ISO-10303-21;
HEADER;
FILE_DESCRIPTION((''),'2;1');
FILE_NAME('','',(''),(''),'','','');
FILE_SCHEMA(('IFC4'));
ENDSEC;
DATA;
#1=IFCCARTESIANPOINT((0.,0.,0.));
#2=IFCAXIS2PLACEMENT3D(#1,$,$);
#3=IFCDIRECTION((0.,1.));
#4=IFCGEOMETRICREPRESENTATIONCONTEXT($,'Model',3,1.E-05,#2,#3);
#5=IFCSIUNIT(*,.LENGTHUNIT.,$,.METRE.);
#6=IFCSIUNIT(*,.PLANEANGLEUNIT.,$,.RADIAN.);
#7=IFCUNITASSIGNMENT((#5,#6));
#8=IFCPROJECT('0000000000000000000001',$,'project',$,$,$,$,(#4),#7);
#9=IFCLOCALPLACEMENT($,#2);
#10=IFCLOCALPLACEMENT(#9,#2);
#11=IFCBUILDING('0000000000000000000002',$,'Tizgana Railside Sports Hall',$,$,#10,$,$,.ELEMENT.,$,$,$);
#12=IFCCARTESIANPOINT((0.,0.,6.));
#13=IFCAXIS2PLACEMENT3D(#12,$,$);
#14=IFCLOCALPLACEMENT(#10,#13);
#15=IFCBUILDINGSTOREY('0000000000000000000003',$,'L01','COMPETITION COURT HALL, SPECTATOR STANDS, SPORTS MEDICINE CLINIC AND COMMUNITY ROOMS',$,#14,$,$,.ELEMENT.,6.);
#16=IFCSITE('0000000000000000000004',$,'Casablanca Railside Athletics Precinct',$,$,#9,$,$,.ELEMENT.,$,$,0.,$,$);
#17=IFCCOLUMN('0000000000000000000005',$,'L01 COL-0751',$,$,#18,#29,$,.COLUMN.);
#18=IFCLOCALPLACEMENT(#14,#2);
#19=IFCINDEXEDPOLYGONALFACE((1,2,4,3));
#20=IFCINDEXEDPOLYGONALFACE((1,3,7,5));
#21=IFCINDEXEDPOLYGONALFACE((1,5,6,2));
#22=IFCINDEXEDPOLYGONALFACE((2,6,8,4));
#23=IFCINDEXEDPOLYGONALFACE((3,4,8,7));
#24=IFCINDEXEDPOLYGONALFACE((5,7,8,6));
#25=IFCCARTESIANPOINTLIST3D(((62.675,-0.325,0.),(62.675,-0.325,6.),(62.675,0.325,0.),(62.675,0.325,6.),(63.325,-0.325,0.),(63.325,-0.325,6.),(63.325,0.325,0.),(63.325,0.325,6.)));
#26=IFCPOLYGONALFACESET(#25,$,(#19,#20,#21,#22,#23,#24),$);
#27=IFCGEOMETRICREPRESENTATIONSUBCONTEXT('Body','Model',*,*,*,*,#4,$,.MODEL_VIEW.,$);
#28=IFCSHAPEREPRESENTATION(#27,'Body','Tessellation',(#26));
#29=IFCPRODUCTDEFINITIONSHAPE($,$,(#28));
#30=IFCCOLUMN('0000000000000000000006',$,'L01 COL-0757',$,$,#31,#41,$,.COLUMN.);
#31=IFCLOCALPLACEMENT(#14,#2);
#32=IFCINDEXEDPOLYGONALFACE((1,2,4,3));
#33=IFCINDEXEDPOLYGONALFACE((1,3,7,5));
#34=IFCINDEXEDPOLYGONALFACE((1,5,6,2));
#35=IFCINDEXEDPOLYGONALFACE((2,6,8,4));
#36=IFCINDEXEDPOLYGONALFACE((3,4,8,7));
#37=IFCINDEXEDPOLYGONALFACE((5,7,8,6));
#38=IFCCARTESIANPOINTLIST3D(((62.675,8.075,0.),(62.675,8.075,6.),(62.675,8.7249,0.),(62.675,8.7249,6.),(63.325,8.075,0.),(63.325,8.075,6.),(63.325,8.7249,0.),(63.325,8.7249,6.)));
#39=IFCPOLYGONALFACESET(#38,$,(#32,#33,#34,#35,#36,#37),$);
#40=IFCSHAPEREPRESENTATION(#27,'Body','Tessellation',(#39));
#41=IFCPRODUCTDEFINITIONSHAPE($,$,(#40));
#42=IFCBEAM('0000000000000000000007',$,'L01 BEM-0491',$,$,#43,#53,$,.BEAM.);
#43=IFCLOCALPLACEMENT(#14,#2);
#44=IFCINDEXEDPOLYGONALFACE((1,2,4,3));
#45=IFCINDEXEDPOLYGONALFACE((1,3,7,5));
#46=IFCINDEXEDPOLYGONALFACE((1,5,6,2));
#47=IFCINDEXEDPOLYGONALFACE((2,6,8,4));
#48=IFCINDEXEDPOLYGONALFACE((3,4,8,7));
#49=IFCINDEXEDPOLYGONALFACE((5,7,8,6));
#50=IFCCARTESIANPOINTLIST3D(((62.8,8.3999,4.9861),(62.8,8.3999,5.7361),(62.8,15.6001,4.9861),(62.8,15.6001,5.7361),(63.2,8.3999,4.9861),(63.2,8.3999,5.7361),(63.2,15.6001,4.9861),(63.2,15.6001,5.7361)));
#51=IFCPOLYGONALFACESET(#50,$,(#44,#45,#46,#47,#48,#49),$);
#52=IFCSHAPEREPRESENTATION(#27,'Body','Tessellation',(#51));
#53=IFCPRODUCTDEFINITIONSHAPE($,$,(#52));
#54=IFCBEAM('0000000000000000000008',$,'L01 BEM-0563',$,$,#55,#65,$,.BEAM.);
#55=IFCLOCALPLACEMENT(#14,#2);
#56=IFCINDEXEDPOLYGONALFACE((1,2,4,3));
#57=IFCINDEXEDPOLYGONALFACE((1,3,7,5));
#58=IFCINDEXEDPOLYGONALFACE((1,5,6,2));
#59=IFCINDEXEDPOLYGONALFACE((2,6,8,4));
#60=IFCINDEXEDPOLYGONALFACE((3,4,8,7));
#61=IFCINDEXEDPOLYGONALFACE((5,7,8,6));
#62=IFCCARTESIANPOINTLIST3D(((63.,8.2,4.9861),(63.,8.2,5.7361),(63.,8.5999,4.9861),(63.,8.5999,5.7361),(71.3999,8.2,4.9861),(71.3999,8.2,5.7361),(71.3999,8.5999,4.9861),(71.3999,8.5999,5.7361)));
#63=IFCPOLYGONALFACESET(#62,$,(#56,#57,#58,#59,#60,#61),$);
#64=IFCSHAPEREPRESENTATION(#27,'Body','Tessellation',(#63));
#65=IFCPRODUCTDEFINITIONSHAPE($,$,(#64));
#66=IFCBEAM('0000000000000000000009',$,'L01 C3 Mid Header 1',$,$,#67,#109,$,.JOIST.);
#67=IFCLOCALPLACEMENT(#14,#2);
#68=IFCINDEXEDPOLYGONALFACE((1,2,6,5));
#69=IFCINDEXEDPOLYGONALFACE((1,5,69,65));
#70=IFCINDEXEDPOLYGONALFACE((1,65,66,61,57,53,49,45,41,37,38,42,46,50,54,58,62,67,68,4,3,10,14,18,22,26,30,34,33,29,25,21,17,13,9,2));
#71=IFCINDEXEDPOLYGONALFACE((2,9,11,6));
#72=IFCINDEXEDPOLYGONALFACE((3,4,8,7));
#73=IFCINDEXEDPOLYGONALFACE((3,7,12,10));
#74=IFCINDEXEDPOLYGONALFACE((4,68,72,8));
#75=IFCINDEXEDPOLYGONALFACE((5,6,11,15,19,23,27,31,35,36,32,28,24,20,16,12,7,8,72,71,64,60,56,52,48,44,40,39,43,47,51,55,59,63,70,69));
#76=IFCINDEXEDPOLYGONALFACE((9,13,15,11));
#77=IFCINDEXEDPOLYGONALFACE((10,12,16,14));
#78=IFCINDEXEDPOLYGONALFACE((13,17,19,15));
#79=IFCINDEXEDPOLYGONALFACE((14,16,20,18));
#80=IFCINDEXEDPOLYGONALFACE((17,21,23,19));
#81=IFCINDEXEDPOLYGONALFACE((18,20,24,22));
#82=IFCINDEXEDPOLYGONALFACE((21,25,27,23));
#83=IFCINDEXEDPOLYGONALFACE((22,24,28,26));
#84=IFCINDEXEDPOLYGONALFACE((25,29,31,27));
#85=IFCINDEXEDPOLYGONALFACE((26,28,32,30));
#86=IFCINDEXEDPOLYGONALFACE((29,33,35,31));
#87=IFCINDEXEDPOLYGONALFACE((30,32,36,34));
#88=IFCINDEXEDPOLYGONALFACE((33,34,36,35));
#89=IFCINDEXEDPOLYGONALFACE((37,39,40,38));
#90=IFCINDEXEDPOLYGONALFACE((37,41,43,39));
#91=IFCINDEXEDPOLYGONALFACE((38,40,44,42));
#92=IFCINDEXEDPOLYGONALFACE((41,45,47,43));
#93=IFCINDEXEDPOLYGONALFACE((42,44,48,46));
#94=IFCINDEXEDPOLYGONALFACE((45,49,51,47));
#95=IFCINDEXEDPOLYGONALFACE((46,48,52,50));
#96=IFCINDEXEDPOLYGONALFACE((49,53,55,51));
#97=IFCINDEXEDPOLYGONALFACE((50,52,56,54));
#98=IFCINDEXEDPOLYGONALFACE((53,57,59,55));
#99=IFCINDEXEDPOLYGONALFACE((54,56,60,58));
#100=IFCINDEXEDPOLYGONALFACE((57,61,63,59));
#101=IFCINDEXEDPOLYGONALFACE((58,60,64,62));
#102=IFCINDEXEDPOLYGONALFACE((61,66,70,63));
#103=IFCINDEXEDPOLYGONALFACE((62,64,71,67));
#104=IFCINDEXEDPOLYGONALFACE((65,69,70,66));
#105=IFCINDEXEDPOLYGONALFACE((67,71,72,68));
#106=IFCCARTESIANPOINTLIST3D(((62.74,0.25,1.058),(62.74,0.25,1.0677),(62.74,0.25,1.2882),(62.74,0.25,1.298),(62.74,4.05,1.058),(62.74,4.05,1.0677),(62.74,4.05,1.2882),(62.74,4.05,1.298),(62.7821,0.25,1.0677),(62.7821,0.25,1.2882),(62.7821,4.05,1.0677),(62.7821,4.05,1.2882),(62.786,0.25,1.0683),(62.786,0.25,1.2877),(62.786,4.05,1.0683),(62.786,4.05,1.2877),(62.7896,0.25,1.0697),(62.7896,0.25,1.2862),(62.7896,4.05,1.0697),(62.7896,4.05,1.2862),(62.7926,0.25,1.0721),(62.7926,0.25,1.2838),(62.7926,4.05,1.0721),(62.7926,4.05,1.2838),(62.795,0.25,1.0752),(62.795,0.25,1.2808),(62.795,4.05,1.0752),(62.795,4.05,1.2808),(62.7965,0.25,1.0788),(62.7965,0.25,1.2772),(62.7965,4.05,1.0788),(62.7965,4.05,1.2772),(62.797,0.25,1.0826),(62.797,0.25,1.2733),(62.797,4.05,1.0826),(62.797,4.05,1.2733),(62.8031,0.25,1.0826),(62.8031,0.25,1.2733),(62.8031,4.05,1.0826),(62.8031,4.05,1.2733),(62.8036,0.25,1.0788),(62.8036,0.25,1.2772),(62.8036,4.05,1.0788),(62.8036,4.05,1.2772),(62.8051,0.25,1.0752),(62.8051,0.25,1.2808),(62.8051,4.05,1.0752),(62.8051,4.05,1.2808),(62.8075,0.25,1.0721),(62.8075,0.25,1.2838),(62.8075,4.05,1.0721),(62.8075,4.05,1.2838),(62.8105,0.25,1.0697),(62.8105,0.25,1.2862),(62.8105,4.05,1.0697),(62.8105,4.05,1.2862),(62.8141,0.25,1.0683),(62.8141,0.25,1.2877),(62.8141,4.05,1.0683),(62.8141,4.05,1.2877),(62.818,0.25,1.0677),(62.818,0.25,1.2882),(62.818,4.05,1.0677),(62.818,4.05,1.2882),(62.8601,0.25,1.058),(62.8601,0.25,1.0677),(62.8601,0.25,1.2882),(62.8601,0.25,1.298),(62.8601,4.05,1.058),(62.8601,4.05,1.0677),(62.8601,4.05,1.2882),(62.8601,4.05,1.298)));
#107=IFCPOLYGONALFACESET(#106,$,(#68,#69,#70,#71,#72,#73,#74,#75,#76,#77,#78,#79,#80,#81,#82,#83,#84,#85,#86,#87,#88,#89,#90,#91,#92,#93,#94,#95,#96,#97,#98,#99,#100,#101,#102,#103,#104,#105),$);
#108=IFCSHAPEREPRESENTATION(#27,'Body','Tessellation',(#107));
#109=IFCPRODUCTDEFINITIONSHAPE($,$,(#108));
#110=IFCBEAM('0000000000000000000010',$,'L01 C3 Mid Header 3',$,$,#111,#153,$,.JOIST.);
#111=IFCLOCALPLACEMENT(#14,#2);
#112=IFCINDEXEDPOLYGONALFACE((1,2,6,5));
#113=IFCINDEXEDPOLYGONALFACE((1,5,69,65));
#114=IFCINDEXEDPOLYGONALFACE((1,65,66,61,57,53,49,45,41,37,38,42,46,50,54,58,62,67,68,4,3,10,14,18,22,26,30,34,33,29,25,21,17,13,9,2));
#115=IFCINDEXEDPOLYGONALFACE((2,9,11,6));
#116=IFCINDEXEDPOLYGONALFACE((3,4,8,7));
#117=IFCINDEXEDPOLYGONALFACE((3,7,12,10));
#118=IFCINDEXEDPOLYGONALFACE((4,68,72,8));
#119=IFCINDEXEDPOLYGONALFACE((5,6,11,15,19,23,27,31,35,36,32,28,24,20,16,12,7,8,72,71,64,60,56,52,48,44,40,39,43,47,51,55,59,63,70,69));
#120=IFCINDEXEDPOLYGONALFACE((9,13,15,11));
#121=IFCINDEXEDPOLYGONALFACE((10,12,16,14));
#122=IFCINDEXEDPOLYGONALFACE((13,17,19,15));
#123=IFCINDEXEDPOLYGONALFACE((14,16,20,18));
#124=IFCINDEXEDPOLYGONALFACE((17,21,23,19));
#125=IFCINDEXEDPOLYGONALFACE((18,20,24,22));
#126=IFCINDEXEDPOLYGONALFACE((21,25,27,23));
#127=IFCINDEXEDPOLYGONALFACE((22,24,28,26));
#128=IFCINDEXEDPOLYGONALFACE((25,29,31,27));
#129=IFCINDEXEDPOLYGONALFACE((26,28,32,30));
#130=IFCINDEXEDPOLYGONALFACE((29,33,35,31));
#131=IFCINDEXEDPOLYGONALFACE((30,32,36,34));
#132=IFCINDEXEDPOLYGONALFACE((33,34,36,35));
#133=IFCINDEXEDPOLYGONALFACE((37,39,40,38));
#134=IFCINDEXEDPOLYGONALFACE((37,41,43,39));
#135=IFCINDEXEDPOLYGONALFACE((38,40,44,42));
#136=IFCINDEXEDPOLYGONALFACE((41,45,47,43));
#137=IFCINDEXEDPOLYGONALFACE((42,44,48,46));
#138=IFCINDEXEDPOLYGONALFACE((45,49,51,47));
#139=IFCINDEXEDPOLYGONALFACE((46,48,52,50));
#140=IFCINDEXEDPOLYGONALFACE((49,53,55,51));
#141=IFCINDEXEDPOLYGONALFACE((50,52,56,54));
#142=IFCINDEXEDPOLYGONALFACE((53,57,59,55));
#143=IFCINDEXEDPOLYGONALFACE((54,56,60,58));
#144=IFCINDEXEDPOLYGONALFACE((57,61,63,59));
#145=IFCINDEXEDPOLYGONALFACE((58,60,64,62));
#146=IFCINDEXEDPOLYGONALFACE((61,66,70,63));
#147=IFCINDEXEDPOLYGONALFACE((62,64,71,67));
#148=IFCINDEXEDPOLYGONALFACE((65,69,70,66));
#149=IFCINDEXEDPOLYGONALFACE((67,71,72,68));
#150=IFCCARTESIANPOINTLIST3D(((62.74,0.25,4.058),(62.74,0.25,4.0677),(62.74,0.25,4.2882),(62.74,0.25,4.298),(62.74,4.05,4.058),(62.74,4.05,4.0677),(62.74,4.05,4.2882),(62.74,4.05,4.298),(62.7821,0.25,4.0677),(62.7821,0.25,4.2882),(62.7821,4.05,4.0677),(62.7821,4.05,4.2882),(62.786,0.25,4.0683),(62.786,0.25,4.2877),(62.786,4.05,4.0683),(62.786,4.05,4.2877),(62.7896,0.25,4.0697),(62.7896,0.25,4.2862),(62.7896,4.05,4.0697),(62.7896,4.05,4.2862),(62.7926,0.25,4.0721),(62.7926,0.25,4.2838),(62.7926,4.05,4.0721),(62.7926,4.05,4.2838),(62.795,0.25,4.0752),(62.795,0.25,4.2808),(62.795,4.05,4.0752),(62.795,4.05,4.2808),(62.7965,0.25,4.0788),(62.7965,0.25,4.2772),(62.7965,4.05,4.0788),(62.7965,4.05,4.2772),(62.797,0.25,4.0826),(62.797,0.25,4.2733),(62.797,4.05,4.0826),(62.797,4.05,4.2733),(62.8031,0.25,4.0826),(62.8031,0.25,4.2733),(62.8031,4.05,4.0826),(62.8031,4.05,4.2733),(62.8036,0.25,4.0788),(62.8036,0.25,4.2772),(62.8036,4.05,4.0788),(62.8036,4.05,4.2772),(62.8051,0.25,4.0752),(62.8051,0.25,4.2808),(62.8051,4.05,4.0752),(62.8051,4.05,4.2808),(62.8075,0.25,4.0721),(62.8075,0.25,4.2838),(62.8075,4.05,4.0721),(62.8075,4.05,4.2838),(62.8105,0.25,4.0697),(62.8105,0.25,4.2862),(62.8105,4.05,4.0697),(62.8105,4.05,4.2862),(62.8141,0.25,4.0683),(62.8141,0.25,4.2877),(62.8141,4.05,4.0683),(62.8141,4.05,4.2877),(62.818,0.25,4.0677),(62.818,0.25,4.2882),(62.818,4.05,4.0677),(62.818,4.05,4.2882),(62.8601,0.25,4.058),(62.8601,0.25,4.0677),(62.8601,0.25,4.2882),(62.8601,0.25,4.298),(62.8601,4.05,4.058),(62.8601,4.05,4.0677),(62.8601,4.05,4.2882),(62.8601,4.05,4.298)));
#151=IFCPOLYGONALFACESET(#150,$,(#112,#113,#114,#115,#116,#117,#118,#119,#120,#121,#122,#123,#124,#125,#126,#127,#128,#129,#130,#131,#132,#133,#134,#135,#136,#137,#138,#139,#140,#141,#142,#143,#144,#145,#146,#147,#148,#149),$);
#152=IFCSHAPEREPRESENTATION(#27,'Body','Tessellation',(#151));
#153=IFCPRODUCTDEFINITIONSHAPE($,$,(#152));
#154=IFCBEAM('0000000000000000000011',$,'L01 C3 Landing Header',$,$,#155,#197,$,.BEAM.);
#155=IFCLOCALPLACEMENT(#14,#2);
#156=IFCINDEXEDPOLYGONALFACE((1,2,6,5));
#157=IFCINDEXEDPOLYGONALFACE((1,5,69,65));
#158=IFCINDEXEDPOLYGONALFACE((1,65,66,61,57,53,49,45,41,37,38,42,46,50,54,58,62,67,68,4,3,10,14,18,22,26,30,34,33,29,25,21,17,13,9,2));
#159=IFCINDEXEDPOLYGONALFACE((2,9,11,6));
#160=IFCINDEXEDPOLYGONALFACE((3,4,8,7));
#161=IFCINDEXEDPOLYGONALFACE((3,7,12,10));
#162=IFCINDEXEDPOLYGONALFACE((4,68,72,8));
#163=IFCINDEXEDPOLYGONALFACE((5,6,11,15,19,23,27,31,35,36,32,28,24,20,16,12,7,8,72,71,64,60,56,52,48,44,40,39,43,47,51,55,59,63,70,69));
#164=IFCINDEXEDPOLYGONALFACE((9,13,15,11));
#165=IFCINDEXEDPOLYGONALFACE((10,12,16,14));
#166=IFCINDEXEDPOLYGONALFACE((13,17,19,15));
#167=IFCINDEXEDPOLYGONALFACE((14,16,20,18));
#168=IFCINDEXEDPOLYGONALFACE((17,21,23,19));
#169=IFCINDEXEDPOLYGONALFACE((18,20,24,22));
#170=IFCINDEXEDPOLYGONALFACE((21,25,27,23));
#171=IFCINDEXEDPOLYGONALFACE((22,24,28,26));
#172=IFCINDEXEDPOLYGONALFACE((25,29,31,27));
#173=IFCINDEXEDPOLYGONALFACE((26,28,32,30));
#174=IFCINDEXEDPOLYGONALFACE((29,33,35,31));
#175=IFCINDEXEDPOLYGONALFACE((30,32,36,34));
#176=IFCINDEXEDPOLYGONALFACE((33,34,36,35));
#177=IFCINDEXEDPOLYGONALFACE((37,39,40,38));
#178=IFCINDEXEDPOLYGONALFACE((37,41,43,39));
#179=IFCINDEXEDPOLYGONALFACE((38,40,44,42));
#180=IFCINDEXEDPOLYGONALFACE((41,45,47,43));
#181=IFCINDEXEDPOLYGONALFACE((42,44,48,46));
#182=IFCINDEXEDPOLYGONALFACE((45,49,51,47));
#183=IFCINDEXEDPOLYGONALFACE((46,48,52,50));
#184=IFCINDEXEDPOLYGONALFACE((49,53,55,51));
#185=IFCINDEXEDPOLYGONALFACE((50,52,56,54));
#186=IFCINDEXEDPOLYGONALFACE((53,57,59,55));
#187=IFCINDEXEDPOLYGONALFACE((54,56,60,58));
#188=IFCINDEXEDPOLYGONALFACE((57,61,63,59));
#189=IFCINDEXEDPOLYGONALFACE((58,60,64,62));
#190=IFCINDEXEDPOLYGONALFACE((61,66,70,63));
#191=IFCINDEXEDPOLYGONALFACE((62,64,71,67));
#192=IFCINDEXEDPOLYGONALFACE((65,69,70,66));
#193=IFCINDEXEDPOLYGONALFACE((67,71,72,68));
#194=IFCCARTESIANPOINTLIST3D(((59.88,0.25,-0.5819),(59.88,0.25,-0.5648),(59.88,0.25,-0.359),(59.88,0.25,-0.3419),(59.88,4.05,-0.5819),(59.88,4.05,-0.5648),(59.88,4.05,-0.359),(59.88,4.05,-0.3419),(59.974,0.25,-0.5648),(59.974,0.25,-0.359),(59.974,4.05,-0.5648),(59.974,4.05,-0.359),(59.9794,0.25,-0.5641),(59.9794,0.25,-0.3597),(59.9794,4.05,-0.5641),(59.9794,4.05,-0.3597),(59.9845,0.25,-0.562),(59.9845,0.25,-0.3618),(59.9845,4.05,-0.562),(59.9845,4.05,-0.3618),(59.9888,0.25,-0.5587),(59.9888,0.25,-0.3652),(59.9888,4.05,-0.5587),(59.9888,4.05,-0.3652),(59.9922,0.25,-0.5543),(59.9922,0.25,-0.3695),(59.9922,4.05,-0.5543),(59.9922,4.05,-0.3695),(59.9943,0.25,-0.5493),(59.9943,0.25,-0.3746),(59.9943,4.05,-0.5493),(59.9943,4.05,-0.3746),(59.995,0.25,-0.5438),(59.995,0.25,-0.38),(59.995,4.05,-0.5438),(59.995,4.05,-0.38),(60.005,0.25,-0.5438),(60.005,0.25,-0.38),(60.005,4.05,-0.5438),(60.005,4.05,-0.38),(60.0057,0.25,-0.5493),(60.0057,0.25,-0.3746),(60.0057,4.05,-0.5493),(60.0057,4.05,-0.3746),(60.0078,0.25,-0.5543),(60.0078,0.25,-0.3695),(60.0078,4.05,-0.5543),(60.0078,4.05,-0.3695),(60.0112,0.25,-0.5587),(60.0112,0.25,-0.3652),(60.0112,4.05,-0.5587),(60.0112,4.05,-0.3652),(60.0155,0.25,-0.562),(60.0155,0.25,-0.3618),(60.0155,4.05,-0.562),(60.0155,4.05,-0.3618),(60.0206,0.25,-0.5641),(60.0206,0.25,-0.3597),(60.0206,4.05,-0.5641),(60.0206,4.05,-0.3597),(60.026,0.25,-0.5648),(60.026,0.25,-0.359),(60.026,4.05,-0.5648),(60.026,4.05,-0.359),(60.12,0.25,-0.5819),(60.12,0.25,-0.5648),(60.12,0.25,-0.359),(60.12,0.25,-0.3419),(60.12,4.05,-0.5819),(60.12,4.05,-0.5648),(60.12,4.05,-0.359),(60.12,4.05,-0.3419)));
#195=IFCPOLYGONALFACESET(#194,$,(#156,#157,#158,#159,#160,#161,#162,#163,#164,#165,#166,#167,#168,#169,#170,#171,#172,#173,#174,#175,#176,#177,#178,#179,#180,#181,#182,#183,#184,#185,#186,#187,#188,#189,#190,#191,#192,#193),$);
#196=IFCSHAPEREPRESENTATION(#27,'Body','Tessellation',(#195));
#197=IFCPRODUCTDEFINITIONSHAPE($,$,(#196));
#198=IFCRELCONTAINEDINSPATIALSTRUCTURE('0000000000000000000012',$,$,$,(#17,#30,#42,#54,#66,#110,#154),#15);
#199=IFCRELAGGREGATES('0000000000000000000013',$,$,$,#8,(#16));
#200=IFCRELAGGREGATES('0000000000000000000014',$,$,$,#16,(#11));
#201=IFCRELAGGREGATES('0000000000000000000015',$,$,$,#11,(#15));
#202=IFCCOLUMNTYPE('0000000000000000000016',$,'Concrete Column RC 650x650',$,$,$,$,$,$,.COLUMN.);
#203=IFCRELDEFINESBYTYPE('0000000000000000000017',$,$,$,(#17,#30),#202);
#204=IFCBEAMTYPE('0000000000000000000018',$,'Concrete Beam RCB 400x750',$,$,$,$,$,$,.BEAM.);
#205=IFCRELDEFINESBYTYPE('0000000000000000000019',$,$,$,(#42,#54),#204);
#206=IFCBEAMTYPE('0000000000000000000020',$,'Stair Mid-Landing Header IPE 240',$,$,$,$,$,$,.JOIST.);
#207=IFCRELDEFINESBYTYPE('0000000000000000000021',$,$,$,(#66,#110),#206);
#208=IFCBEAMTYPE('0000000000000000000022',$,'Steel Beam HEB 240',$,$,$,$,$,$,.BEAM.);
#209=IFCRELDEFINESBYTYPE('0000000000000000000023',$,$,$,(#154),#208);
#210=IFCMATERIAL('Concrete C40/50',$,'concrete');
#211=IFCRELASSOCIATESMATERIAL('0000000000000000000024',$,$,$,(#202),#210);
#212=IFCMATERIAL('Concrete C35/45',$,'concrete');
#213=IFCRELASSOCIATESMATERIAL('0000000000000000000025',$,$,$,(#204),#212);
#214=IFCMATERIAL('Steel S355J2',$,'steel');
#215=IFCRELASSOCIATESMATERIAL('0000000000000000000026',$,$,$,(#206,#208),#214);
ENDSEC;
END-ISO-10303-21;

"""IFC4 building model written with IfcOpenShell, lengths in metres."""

from ifc_helpers import new_model, si_unit, direction, frame, origin, origin_2d, place, context, subcontext, project, spatial, rectangle, i_section, extrude, material, material_profile, profile_set, type_object, element, save


model = new_model("IFC4")

# Units and contexts
model_context = context("Model", 3, precision=1e-05, world=origin(), true_north=direction((0.0, 1.0)))
body_context = subcontext(model_context, "Body", "Model", "MODEL_VIEW")
ifc_project = project(units=[si_unit("LENGTHUNIT", "METRE"), si_unit("PLANEANGLEUNIT", "RADIAN")], contexts=[model_context])

# Site, building, storey
site_placement = place(None, origin())
site = spatial("IfcSite", under=ifc_project, at=site_placement, Name="Casablanca Railside Athletics Precinct", CompositionType="ELEMENT", RefElevation=0.0)
building_placement = place(site_placement, origin())
building = spatial("IfcBuilding", under=site, at=building_placement, Name="Tizgana Railside Sports Hall", CompositionType="ELEMENT")
storey_placement = place(building_placement, frame((0.0, 0.0, 6.0)))
storey = spatial("IfcBuildingStorey", under=building, at=storey_placement, Name="L01", Description="COMPETITION COURT HALL, SPECTATOR STANDS, SPORTS MEDICINE CLINIC AND COMMUNITY ROOMS", CompositionType="ELEMENT", Elevation=6.0)

# Columns
ifc_material_1 = material(Name="Concrete C40/50", Category="concrete")
ifc_material_profile_1 = material_profile(ifc_material_1, rectangle(XDim=0.6499, YDim=0.6499, at=origin_2d()), Name="RC 650x650")
ifc_profile_set_1 = profile_set([ifc_material_profile_1], Name="Concrete C40/50")
column_type = type_object("IfcColumnType", Name="Concrete Column RC 650x650", PredefinedType="COLUMN", material=ifc_profile_set_1)
for number, where, z_axis, x_axis, name in (
    (1, (63.0, 0.0, 0.0), (0.0, 0.0, 1.0), (1.0, 0.0, 0.0), "L01 COL-0751"),
    (2, (63.0, 8.3999, 0.0), (0.0, 0.0, 1.0), (1.0, 0.0, 0.0), "L01 COL-0757"),
):
    element("IfcColumn", number, at=place(storey_placement, frame(where, z_axis=z_axis, x_axis=x_axis)), inside=storey, type_object=column_type, Name=name, PredefinedType="COLUMN", context=body_context, shape_type="SweptSolid", body=[
        extrude(rectangle(XDim=0.6499, YDim=0.6499, at=origin_2d()), origin(), (0.0, 0.0, 1.0), 6.0),
    ])

# Beams
ifc_material_2 = material(Name="Concrete C35/45", Category="concrete")
ifc_material_profile_2 = material_profile(ifc_material_2, rectangle(XDim=0.3999, YDim=0.75, at=origin_2d()), Name="RCB 400x750")
ifc_profile_set_2 = profile_set([ifc_material_profile_2], Name="Concrete C35/45")
beam_type_1 = type_object("IfcBeamType", Name="Concrete Beam RCB 400x750", PredefinedType="BEAM", material=ifc_profile_set_2)
beam_1_placement = place(storey_placement, frame((63.0, 8.3999, 5.3611), z_axis=(0.0, 1.0, 0.0), x_axis=(-1.0, 0.0, 0.0)))
element("IfcBeam", 3, at=beam_1_placement, inside=storey, type_object=beam_type_1, Name="L01 BEM-0491", PredefinedType="BEAM", context=body_context, shape_type="SweptSolid", body=[
    extrude(rectangle(XDim=0.3999, YDim=0.75, at=origin_2d()), origin(), (0.0, 0.0, 1.0), 7.2002),
])
beam_2_placement = place(storey_placement, frame((63.0, 8.3999, 5.3611), z_axis=(1.0, 0.0, 0.0), x_axis=(0.0, 1.0, 0.0)))
element("IfcBeam", 4, at=beam_2_placement, inside=storey, type_object=beam_type_1, Name="L01 BEM-0563", PredefinedType="BEAM", context=body_context, shape_type="SweptSolid", body=[
    extrude(rectangle(XDim=0.3999, YDim=0.75, at=origin_2d()), origin(), (0.0, 0.0, 1.0), 8.3999),
])
ifc_material_3 = material(Name="Steel S355J2", Category="steel")
ifc_material_profile_3 = material_profile(ifc_material_3, i_section(OverallWidth=0.1201, OverallDepth=0.24, WebThickness=0.0061, FlangeThickness=0.0098, FilletRadius=0.0149, at=origin_2d()), Name="IPE 240")
ifc_profile_set_3 = profile_set([ifc_material_profile_3], Name="Steel S355J2")
beam_type_2 = type_object("IfcBeamType", Name="Stair Mid-Landing Header IPE 240", PredefinedType="JOIST", material=ifc_profile_set_3)
for number, where, z_axis, x_axis, name in (
    (5, (62.8, 0.25, 1.178), (0.0, 1.0, 0.0), (-1.0, 0.0, 0.0), "L01 C3 Mid Header 1"),
    (6, (62.8, 0.25, 4.178), (0.0, 1.0, 0.0), (-1.0, 0.0, 0.0), "L01 C3 Mid Header 3"),
):
    element("IfcBeam", number, at=place(storey_placement, frame(where, z_axis=z_axis, x_axis=x_axis)), inside=storey, type_object=beam_type_2, Name=name, PredefinedType="JOIST", context=body_context, shape_type="SweptSolid", body=[
        extrude(i_section(OverallWidth=0.1201, OverallDepth=0.24, WebThickness=0.0061, FlangeThickness=0.0098, FilletRadius=0.0149, at=origin_2d()), origin(), (0.0, 0.0, 1.0), 3.8),
    ])
ifc_material_profile_4 = material_profile(ifc_material_3, i_section(OverallWidth=0.24, OverallDepth=0.24, WebThickness=0.01, FlangeThickness=0.0171, FilletRadius=0.021, at=origin_2d()), Name="HEB 240")
ifc_profile_set_4 = profile_set([ifc_material_profile_4], Name="Steel S355J2")
beam_type_3 = type_object("IfcBeamType", Name="Steel Beam HEB 240", PredefinedType="BEAM", material=ifc_profile_set_4)
beam_3_placement = place(storey_placement, frame((60.0, 0.25, -0.4619), z_axis=(0.0, 1.0, 0.0), x_axis=(-1.0, 0.0, 0.0)))
element("IfcBeam", 7, at=beam_3_placement, inside=storey, type_object=beam_type_3, Name="L01 C3 Landing Header", PredefinedType="BEAM", context=body_context, shape_type="SweptSolid", body=[
    extrude(i_section(OverallWidth=0.24, OverallDepth=0.24, WebThickness=0.01, FlangeThickness=0.0171, FilletRadius=0.021, at=origin_2d()), origin(), (0.0, 0.0, 1.0), 3.8),
])

save(model, "model.ifc")
